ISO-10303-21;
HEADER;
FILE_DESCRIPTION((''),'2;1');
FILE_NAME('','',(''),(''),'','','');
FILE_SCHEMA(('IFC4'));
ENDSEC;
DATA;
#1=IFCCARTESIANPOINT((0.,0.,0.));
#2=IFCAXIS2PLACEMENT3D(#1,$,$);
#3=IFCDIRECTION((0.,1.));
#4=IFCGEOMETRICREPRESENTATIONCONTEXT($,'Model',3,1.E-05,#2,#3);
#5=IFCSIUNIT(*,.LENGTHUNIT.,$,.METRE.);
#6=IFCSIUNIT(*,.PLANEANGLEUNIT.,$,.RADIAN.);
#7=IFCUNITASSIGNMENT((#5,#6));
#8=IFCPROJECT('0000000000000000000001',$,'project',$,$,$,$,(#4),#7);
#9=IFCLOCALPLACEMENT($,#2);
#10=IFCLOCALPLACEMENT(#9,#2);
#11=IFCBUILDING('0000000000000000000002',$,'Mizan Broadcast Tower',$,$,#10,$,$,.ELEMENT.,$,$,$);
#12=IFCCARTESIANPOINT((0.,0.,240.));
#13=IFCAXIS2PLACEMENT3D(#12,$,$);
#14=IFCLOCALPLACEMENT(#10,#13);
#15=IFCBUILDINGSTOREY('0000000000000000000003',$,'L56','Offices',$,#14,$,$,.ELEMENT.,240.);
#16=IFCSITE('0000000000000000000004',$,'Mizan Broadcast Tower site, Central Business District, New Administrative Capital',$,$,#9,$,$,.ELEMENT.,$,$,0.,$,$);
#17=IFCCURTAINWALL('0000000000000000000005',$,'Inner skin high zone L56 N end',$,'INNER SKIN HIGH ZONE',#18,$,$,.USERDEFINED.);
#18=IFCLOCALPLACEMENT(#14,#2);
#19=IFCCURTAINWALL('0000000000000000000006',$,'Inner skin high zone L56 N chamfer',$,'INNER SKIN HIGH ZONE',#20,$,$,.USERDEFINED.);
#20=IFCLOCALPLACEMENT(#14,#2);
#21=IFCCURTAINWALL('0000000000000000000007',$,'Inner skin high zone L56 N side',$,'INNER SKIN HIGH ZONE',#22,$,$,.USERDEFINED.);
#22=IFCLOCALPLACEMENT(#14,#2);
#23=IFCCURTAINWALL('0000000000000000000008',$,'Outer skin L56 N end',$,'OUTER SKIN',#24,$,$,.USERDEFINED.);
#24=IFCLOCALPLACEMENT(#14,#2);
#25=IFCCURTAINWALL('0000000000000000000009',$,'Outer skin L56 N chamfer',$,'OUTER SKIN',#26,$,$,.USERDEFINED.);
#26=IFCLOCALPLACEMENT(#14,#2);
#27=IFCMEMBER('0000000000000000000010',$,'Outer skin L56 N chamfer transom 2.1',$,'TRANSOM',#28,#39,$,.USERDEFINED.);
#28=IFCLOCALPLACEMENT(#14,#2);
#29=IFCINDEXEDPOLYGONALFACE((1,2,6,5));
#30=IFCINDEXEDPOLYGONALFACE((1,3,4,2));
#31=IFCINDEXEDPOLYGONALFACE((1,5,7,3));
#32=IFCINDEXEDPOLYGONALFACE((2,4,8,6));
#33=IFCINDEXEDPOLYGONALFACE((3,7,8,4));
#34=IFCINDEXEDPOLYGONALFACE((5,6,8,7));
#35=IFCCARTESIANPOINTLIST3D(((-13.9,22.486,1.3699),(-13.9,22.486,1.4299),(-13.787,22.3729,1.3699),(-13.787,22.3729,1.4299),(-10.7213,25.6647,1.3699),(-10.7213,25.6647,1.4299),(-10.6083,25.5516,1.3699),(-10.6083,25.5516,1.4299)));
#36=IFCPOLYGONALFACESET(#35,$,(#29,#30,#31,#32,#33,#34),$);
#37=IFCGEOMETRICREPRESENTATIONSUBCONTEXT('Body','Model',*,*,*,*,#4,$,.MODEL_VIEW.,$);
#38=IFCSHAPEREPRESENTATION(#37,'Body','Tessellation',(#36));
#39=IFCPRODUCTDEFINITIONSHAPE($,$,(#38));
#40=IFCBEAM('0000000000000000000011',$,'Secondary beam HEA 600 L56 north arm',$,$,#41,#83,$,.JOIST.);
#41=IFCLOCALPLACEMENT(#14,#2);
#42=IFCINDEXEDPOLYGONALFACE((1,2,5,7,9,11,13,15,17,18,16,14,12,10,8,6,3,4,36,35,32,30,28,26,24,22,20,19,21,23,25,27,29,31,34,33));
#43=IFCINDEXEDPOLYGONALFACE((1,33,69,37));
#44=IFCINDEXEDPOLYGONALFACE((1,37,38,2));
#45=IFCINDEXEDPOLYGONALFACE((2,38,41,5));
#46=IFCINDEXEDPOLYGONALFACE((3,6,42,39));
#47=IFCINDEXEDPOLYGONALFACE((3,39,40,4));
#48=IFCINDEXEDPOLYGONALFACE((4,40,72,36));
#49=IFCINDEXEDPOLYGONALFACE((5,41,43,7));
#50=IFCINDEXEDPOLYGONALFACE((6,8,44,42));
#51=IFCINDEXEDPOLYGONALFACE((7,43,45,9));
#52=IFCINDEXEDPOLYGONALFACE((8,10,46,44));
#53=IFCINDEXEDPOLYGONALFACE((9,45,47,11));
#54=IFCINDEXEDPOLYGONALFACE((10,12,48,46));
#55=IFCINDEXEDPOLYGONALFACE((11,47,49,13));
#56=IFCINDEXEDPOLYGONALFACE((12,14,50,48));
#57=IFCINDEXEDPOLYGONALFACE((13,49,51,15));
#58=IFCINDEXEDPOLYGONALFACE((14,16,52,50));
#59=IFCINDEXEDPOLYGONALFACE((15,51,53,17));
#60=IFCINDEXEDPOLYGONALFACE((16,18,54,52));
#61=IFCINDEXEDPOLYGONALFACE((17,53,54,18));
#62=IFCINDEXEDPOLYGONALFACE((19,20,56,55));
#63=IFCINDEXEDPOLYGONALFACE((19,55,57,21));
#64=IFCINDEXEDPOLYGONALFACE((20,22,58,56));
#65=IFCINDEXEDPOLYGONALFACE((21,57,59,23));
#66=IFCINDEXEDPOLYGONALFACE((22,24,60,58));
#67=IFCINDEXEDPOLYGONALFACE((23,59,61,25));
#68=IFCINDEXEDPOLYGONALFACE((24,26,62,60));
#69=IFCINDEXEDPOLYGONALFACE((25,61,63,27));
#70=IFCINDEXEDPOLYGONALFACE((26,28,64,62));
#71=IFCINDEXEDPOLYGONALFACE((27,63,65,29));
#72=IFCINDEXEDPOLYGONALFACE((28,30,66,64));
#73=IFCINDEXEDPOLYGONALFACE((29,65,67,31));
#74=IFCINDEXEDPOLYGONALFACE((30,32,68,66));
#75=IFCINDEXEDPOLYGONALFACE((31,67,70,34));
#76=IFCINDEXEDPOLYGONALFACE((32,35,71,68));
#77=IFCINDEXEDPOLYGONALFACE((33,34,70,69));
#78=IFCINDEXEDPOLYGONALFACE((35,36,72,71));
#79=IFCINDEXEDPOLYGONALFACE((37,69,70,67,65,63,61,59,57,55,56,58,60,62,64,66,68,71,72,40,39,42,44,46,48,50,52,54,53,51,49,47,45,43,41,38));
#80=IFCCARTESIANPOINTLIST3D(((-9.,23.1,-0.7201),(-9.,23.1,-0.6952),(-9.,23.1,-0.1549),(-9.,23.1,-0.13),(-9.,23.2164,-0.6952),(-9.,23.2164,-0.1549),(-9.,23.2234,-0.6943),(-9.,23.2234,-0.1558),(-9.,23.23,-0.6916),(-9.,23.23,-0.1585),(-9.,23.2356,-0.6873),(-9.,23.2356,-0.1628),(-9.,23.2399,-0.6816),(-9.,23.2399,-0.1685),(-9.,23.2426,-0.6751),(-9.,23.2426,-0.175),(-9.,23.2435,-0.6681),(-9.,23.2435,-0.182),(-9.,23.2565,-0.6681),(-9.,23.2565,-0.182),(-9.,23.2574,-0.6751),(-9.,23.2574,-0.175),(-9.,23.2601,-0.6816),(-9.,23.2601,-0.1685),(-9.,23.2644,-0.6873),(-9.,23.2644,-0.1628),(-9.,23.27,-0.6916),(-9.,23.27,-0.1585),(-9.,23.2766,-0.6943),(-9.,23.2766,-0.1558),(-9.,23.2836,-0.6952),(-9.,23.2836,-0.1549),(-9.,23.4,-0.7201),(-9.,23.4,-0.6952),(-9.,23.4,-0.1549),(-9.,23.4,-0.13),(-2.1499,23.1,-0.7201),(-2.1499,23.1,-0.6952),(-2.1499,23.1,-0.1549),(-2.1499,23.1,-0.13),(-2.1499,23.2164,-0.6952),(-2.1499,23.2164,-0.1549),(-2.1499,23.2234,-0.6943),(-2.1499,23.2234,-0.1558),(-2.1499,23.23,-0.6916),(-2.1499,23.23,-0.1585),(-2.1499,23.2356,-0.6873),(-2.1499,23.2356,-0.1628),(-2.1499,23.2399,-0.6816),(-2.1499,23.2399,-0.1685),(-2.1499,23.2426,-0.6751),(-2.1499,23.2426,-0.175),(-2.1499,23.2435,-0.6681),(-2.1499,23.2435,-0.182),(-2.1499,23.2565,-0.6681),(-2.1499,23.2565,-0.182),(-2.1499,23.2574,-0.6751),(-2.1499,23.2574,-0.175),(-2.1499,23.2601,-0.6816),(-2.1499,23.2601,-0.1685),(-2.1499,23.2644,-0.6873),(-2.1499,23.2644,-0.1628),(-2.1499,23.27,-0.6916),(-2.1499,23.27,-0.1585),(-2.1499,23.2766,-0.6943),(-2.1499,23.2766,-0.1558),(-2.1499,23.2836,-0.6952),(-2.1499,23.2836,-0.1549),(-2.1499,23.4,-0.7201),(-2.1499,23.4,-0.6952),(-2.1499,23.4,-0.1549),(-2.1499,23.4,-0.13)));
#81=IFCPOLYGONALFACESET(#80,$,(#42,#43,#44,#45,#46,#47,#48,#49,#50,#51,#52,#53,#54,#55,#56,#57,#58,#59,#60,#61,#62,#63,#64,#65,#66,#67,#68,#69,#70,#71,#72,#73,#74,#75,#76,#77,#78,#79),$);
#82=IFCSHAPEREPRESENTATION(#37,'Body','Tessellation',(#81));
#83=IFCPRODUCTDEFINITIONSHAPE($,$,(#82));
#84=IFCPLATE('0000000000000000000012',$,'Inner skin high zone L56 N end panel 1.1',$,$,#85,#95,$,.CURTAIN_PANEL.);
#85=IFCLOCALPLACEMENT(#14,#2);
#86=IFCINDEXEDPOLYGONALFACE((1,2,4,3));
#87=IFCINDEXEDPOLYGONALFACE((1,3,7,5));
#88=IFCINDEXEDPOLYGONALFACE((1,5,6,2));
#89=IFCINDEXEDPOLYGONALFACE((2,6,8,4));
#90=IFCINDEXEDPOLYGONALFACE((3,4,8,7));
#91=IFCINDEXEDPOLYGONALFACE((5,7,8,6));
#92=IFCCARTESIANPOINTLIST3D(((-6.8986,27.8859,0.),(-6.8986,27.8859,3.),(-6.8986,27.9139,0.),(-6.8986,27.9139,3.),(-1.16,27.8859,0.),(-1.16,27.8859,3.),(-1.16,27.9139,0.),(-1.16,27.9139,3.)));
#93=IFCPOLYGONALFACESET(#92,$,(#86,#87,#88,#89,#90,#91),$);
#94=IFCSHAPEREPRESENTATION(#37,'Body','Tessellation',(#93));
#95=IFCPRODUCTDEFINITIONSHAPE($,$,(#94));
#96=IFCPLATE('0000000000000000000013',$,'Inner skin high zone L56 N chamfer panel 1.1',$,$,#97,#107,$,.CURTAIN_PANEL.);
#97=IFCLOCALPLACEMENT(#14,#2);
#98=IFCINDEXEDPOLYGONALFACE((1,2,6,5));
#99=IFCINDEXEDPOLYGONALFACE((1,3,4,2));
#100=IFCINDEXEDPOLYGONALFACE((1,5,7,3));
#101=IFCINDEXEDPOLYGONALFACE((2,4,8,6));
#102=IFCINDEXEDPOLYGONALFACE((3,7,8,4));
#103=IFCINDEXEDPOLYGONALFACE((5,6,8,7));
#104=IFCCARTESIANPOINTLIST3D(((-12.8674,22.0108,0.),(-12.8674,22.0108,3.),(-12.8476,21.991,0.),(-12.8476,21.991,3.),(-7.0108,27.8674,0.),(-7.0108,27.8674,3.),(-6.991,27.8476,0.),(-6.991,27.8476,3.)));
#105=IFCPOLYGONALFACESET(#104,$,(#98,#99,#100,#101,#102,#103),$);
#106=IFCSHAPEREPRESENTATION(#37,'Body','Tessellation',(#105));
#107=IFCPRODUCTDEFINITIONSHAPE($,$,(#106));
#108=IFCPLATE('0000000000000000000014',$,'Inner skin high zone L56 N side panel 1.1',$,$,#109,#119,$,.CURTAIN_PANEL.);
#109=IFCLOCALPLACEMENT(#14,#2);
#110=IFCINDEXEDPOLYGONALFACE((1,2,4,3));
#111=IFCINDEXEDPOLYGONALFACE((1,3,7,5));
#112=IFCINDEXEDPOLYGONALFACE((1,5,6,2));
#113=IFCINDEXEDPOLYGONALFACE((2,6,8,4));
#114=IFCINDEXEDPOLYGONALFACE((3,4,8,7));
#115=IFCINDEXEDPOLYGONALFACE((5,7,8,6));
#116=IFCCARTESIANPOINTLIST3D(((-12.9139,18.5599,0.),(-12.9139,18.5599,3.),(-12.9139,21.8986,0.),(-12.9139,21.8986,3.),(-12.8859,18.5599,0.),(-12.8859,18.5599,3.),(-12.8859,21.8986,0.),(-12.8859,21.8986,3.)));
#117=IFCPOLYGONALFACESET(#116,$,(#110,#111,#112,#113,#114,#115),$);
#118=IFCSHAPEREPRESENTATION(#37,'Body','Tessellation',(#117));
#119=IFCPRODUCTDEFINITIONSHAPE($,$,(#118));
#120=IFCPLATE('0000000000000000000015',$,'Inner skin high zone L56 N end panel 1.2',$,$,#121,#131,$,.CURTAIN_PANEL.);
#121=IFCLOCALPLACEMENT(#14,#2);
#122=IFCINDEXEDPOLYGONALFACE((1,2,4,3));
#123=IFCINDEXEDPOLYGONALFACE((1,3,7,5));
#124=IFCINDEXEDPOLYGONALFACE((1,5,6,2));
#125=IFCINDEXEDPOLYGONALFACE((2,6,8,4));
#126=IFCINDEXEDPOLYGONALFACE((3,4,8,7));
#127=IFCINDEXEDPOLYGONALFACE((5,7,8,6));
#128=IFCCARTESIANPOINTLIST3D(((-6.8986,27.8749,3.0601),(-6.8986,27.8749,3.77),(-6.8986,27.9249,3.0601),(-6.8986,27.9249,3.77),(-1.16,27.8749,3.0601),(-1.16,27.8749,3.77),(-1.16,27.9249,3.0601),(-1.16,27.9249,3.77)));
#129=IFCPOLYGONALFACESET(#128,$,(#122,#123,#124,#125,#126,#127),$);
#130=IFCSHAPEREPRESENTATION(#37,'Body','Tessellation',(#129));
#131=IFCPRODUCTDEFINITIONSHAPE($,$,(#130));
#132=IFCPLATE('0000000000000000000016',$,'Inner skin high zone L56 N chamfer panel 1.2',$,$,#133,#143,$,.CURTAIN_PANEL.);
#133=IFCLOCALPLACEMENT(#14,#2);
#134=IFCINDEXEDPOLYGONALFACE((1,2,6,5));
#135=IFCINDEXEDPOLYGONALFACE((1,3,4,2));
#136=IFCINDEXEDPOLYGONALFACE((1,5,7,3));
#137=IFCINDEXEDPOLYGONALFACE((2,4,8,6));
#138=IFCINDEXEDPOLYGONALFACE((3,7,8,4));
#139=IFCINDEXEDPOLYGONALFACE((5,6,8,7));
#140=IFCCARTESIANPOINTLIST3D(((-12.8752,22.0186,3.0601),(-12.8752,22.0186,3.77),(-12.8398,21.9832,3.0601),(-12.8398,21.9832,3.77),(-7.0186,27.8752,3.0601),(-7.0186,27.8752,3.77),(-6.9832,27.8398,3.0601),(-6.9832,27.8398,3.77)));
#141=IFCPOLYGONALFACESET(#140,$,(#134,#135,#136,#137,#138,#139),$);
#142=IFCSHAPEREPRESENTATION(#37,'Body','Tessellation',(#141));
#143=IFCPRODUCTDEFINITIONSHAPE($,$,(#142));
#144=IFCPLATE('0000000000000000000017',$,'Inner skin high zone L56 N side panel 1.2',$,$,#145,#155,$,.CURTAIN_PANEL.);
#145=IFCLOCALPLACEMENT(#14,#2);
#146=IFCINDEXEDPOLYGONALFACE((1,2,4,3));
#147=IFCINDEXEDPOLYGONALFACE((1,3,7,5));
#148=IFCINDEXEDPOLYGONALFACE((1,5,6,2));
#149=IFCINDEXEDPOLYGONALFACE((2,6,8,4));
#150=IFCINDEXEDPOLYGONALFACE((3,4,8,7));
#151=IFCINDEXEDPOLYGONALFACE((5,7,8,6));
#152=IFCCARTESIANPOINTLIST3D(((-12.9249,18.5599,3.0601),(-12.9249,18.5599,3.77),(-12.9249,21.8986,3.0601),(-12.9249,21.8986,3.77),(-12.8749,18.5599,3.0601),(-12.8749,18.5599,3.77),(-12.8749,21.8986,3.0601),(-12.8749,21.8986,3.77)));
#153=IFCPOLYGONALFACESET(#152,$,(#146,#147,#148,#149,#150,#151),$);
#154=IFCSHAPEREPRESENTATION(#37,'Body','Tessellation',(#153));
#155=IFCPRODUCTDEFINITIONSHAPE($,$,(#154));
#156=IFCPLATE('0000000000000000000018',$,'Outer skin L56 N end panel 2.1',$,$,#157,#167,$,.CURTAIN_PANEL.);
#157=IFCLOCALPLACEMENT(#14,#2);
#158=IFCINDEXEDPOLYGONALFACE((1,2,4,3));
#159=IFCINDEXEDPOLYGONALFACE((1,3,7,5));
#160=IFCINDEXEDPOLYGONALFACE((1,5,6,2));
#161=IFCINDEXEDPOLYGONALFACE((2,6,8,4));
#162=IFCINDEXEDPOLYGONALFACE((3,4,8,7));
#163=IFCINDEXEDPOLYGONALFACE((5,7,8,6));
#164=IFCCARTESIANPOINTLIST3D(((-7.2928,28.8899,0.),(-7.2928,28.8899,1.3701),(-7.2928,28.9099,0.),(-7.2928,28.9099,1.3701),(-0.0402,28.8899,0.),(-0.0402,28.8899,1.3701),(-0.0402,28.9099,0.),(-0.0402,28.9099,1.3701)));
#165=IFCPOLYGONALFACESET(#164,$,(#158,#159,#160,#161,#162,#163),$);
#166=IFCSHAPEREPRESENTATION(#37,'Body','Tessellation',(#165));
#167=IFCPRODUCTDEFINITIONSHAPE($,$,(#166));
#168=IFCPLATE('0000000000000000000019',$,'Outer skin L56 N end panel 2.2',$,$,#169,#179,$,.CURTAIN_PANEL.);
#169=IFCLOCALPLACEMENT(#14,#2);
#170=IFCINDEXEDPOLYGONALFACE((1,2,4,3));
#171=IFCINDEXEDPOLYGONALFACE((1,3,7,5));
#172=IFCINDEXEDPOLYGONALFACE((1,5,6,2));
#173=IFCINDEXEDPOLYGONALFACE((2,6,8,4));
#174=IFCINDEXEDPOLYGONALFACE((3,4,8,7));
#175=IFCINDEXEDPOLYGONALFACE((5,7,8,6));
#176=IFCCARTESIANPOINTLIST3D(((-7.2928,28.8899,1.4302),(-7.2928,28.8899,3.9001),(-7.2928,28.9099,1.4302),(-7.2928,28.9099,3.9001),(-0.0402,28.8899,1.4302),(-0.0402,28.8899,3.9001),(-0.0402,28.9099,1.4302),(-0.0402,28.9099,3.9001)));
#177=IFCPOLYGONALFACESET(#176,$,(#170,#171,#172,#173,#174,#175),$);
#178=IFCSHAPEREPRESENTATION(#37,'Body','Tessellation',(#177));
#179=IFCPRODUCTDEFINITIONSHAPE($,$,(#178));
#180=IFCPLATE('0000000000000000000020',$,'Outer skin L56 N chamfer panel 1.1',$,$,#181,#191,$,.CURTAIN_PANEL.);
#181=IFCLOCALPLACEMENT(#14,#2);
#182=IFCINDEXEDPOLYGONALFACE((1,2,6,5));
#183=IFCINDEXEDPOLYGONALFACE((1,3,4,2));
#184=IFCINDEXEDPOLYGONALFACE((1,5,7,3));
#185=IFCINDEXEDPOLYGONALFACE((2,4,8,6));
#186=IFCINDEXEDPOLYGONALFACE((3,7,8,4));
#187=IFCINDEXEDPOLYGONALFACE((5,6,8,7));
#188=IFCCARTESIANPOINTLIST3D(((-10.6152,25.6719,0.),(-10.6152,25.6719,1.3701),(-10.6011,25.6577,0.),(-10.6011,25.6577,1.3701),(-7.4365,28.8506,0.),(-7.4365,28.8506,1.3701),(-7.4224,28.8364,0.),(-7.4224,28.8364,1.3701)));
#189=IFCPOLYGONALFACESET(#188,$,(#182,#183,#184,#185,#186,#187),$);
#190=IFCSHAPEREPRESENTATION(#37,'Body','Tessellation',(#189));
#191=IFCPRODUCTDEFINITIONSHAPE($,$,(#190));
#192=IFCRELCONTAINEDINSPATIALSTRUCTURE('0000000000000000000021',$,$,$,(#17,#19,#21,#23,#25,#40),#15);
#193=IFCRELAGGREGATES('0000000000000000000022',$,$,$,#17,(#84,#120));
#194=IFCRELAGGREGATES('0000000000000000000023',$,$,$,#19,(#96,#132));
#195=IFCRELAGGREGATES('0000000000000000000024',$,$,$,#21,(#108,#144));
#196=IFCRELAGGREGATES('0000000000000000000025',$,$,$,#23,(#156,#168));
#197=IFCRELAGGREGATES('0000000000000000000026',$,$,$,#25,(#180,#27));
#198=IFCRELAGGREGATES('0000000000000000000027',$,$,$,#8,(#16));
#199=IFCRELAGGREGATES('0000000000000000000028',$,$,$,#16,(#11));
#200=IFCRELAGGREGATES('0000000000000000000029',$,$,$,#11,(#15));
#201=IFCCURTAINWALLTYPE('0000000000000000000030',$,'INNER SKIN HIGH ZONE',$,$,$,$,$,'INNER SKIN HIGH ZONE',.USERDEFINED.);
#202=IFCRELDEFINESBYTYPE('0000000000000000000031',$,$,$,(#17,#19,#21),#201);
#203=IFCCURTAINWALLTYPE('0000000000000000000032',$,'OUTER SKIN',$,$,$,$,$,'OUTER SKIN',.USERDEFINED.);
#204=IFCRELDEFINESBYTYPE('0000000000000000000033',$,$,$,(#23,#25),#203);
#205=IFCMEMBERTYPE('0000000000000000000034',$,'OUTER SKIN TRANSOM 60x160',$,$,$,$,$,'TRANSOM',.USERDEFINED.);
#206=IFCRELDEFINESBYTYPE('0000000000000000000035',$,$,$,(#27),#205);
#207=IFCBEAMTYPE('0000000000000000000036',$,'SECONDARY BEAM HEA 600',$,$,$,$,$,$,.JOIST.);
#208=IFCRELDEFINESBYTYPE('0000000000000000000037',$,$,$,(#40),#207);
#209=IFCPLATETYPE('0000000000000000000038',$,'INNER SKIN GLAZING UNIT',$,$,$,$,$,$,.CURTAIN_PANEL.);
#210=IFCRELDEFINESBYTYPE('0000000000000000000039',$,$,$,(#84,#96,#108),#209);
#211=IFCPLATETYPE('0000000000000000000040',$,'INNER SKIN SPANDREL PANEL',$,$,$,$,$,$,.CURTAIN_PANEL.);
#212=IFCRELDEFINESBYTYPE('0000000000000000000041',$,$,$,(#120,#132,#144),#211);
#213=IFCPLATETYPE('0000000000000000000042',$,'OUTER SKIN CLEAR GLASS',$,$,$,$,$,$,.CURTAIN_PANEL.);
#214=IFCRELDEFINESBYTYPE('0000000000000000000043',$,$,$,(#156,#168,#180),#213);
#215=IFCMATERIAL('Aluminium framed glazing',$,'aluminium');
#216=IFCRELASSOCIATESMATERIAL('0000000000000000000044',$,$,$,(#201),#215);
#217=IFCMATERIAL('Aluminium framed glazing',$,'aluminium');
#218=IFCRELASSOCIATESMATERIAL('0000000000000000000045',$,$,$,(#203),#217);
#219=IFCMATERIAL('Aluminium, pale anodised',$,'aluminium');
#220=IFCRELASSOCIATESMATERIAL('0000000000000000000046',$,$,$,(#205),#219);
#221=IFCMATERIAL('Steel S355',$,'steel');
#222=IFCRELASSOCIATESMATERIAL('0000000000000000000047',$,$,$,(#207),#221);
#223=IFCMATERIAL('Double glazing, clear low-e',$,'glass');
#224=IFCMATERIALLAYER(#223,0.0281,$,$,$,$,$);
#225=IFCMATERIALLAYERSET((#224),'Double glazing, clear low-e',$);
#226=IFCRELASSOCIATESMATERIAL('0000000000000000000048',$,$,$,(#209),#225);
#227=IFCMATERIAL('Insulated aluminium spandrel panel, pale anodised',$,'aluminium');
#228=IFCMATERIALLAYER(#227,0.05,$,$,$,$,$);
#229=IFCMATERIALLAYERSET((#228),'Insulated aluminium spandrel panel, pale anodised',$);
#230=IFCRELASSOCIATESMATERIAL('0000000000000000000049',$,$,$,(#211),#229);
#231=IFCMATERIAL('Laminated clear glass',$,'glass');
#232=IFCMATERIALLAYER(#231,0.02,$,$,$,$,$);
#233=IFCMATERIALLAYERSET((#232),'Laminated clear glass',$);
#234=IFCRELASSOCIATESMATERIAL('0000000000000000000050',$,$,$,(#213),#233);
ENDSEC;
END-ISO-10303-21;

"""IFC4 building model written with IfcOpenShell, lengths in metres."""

from ifc_helpers import new_model, si_unit, direction, frame, origin, origin_2d, place, context, subcontext, project, spatial, rectangle, i_section, extrude, material, layer, layer_set, material_profile, profile_set, type_object, element, aggregate, save


model = new_model("IFC4")

# Units and contexts
model_context = context("Model", 3, precision=1e-05, world=origin(), true_north=direction((0.0, 1.0)))
body_context = subcontext(model_context, "Body", "Model", "MODEL_VIEW")
ifc_project = project(units=[si_unit("LENGTHUNIT", "METRE"), si_unit("PLANEANGLEUNIT", "RADIAN")], contexts=[model_context])

# Site, building, storey
site_placement = place(None, origin())
site = spatial("IfcSite", under=ifc_project, at=site_placement, Name="Mizan Broadcast Tower site, Central Business District, New Administrative Capital", CompositionType="ELEMENT", RefElevation=0.0)
building_placement = place(site_placement, origin())
building = spatial("IfcBuilding", under=site, at=building_placement, Name="Mizan Broadcast Tower", CompositionType="ELEMENT")
storey_placement = place(building_placement, frame((0.0, 0.0, 240.0)))
storey = spatial("IfcBuildingStorey", under=building, at=storey_placement, Name="L56", Description="Offices", CompositionType="ELEMENT", Elevation=240.0)

# Curtain wall
ifc_material_1 = material(Name="Aluminium framed glazing", Category="aluminium")
curtain_wall_type_1 = type_object("IfcCurtainWallType", Name="INNER SKIN HIGH ZONE", ElementType="INNER SKIN HIGH ZONE", PredefinedType="USERDEFINED", material=ifc_material_1)
curtain_wall_1_placement = place(storey_placement, origin())
curtain_wall_1 = element("IfcCurtainWall", 1, at=curtain_wall_1_placement, inside=storey, type_object=curtain_wall_type_1, Name="Inner skin high zone L56 N end", ObjectType="INNER SKIN HIGH ZONE", PredefinedType="USERDEFINED")

# Curtain wall
curtain_wall_2_placement = place(storey_placement, origin())
curtain_wall_2 = element("IfcCurtainWall", 2, at=curtain_wall_2_placement, inside=storey, type_object=curtain_wall_type_1, Name="Inner skin high zone L56 N chamfer", ObjectType="INNER SKIN HIGH ZONE", PredefinedType="USERDEFINED")

# Curtain walls
curtain_wall_3_placement = place(storey_placement, origin())
curtain_wall_3 = element("IfcCurtainWall", 3, at=curtain_wall_3_placement, inside=storey, type_object=curtain_wall_type_1, Name="Inner skin high zone L56 N side", ObjectType="INNER SKIN HIGH ZONE", PredefinedType="USERDEFINED")
ifc_material_2 = material(Name="Aluminium framed glazing", Category="aluminium")
curtain_wall_type_2 = type_object("IfcCurtainWallType", Name="OUTER SKIN", ElementType="OUTER SKIN", PredefinedType="USERDEFINED", material=ifc_material_2)
curtain_wall_4_placement = place(storey_placement, origin())
curtain_wall_4 = element("IfcCurtainWall", 4, at=curtain_wall_4_placement, inside=storey, type_object=curtain_wall_type_2, Name="Outer skin L56 N end", ObjectType="OUTER SKIN", PredefinedType="USERDEFINED")
curtain_wall_5_placement = place(storey_placement, origin())
curtain_wall_5 = element("IfcCurtainWall", 5, at=curtain_wall_5_placement, inside=storey, type_object=curtain_wall_type_2, Name="Outer skin L56 N chamfer", ObjectType="OUTER SKIN", PredefinedType="USERDEFINED")

# Member
ifc_material_3 = material(Name="Aluminium, pale anodised", Category="aluminium")
ifc_material_profile_1 = material_profile(ifc_material_3, rectangle(XDim=0.1599, YDim=0.0601, at=origin_2d()), Name="TRANSOM 160x60")
ifc_profile_set_1 = profile_set([ifc_material_profile_1], Name="Aluminium, pale anodised")
member_type_1 = type_object("IfcMemberType", Name="OUTER SKIN TRANSOM 60x160", ElementType="TRANSOM", PredefinedType="USERDEFINED", material=ifc_profile_set_1)
member_1_placement = place(storey_placement, frame((-10.6648, 25.6082, 1.3999), z_axis=(-0.707107, -0.707107, 0.0), x_axis=(0.707107, -0.707107, 0.0)))
member_1 = element("IfcMember", 6, at=member_1_placement, type_object=member_type_1, Name="Outer skin L56 N chamfer transom 2.1", ObjectType="TRANSOM", PredefinedType="USERDEFINED", context=body_context, shape_type="SweptSolid", body=[
    extrude(rectangle(XDim=0.1599, YDim=0.0601, at=origin_2d()), origin(), (0.0, 0.0, 1.0), 4.4954),
])

# Beam
ifc_material_4 = material(Name="Steel S355", Category="steel")
ifc_material_profile_2 = material_profile(ifc_material_4, i_section(OverallWidth=0.3, OverallDepth=0.5901, WebThickness=0.0129, FlangeThickness=0.0249, FilletRadius=0.0271, at=origin_2d()), Name="HEA 600")
ifc_profile_set_2 = profile_set([ifc_material_profile_2], Name="Steel S355")
beam_type_1 = type_object("IfcBeamType", Name="SECONDARY BEAM HEA 600", PredefinedType="JOIST", material=ifc_profile_set_2)
beam_1_placement = place(storey_placement, frame((-9.0, 23.25, -0.425), z_axis=(1.0, 0.0, 0.0), x_axis=(0.0, 1.0, 0.0)))
element("IfcBeam", 7, at=beam_1_placement, inside=storey, type_object=beam_type_1, Name="Secondary beam HEA 600 L56 north arm", PredefinedType="JOIST", context=body_context, shape_type="SweptSolid", body=[
    extrude(i_section(OverallWidth=0.3, OverallDepth=0.5901, WebThickness=0.0129, FlangeThickness=0.0249, FilletRadius=0.0271, at=origin_2d()), origin(), (0.0, 0.0, 1.0), 6.8501),
])

# Plates
ifc_material_5 = material(Name="Double glazing, clear low-e", Category="glass")
ifc_layer_1 = layer(ifc_material_5, 0.0281)
ifc_layer_set_1 = layer_set([ifc_layer_1], Name="Double glazing, clear low-e")
plate_type_1 = type_object("IfcPlateType", Name="INNER SKIN GLAZING UNIT", PredefinedType="CURTAIN_PANEL", material=ifc_layer_set_1)
plate_1_placement = place(storey_placement, frame((-4.0293, 27.8999, 0.0), z_axis=(0.0, 0.0, 1.0), x_axis=(-1.0, 0.0, 0.0)))
plate_1 = element("IfcPlate", 8, at=plate_1_placement, type_object=plate_type_1, Name="Inner skin high zone L56 N end panel 1.1", PredefinedType="CURTAIN_PANEL", context=body_context, shape_type="SweptSolid", body=[
    extrude(rectangle(XDim=5.7385, YDim=0.0281, at=origin_2d()), origin(), (0.0, 0.0, 1.0), 3.0),
])
plate_2_placement = place(storey_placement, frame((-9.9292, 24.9292, 0.0), z_axis=(0.0, 0.0, 1.0), x_axis=(-0.707107, -0.707107, 0.0)))
plate_2 = element("IfcPlate", 9, at=plate_2_placement, type_object=plate_type_1, Name="Inner skin high zone L56 N chamfer panel 1.1", PredefinedType="CURTAIN_PANEL", context=body_context, shape_type="SweptSolid", body=[
    extrude(rectangle(XDim=8.2825, YDim=0.0281, at=origin_2d()), origin(), (0.0, 0.0, 1.0), 3.0),
])
plate_3_placement = place(storey_placement, frame((-12.8999, 20.2292, 0.0), z_axis=(0.0, 0.0, 1.0), x_axis=(0.0, -1.0, 0.0)))
plate_3 = element("IfcPlate", 10, at=plate_3_placement, type_object=plate_type_1, Name="Inner skin high zone L56 N side panel 1.1", PredefinedType="CURTAIN_PANEL", context=body_context, shape_type="SweptSolid", body=[
    extrude(rectangle(XDim=3.3386, YDim=0.0281, at=origin_2d()), origin(), (0.0, 0.0, 1.0), 3.0),
])
ifc_material_6 = material(Name="Insulated aluminium spandrel panel, pale anodised", Category="aluminium")
ifc_layer_2 = layer(ifc_material_6, 0.05)
ifc_layer_set_2 = layer_set([ifc_layer_2], Name="Insulated aluminium spandrel panel, pale anodised")
plate_type_2 = type_object("IfcPlateType", Name="INNER SKIN SPANDREL PANEL", PredefinedType="CURTAIN_PANEL", material=ifc_layer_set_2)
plate_4_placement = place(storey_placement, frame((-4.0293, 27.8999, 3.0601), z_axis=(0.0, 0.0, 1.0), x_axis=(-1.0, 0.0, 0.0)))
plate_4 = element("IfcPlate", 11, at=plate_4_placement, type_object=plate_type_2, Name="Inner skin high zone L56 N end panel 1.2", PredefinedType="CURTAIN_PANEL", context=body_context, shape_type="SweptSolid", body=[
    extrude(rectangle(XDim=5.7385, YDim=0.05, at=origin_2d()), origin(), (0.0, 0.0, 1.0), 0.71),
])
aggregate(curtain_wall_1, [plate_1, plate_4])
plate_5_placement = place(storey_placement, frame((-9.9292, 24.9292, 3.0601), z_axis=(0.0, 0.0, 1.0), x_axis=(-0.707107, -0.707107, 0.0)))
plate_5 = element("IfcPlate", 12, at=plate_5_placement, type_object=plate_type_2, Name="Inner skin high zone L56 N chamfer panel 1.2", PredefinedType="CURTAIN_PANEL", context=body_context, shape_type="SweptSolid", body=[
    extrude(rectangle(XDim=8.2825, YDim=0.05, at=origin_2d()), origin(), (0.0, 0.0, 1.0), 0.71),
])
aggregate(curtain_wall_2, [plate_2, plate_5])
plate_6_placement = place(storey_placement, frame((-12.8999, 20.2292, 3.0601), z_axis=(0.0, 0.0, 1.0), x_axis=(0.0, -1.0, 0.0)))
plate_6 = element("IfcPlate", 13, at=plate_6_placement, type_object=plate_type_2, Name="Inner skin high zone L56 N side panel 1.2", PredefinedType="CURTAIN_PANEL", context=body_context, shape_type="SweptSolid", body=[
    extrude(rectangle(XDim=3.3386, YDim=0.05, at=origin_2d()), origin(), (0.0, 0.0, 1.0), 0.71),
])
aggregate(curtain_wall_3, [plate_3, plate_6])
ifc_material_7 = material(Name="Laminated clear glass", Category="glass")
ifc_layer_3 = layer(ifc_material_7, 0.02)
ifc_layer_set_3 = layer_set([ifc_layer_3], Name="Laminated clear glass")
plate_type_3 = type_object("IfcPlateType", Name="OUTER SKIN CLEAR GLASS", PredefinedType="CURTAIN_PANEL", material=ifc_layer_set_3)
plate_7_placement = place(storey_placement, frame((-3.6665, 28.8999, 0.0), z_axis=(0.0, 0.0, 1.0), x_axis=(-1.0, 0.0, 0.0)))
plate_7 = element("IfcPlate", 14, at=plate_7_placement, type_object=plate_type_3, Name="Outer skin L56 N end panel 2.1", PredefinedType="CURTAIN_PANEL", context=body_context, shape_type="SweptSolid", body=[
    extrude(rectangle(XDim=7.2527, YDim=0.02, at=origin_2d()), origin(), (0.0, 0.0, 1.0), 1.3701),
])
plate_8_placement = place(storey_placement, frame((-3.6665, 28.8999, 1.4302), z_axis=(0.0, 0.0, 1.0), x_axis=(-1.0, 0.0, 0.0)))
plate_8 = element("IfcPlate", 15, at=plate_8_placement, type_object=plate_type_3, Name="Outer skin L56 N end panel 2.2", PredefinedType="CURTAIN_PANEL", context=body_context, shape_type="SweptSolid", body=[
    extrude(rectangle(XDim=7.2527, YDim=0.02, at=origin_2d()), origin(), (0.0, 0.0, 1.0), 2.47),
])
aggregate(curtain_wall_4, [plate_7, plate_8])
plate_9_placement = place(storey_placement, frame((-9.0188, 27.2542, 0.0), z_axis=(0.0, 0.0, 1.0), x_axis=(-0.707107, -0.707107, 0.0)))
plate_9 = element("IfcPlate", 16, at=plate_9_placement, type_object=plate_type_3, Name="Outer skin L56 N chamfer panel 1.1", PredefinedType="CURTAIN_PANEL", context=body_context, shape_type="SweptSolid", body=[
    extrude(rectangle(XDim=4.4954, YDim=0.02, at=origin_2d()), origin(), (0.0, 0.0, 1.0), 1.3701),
])
aggregate(curtain_wall_5, [plate_9, member_1])

save(model, "model.ifc")
